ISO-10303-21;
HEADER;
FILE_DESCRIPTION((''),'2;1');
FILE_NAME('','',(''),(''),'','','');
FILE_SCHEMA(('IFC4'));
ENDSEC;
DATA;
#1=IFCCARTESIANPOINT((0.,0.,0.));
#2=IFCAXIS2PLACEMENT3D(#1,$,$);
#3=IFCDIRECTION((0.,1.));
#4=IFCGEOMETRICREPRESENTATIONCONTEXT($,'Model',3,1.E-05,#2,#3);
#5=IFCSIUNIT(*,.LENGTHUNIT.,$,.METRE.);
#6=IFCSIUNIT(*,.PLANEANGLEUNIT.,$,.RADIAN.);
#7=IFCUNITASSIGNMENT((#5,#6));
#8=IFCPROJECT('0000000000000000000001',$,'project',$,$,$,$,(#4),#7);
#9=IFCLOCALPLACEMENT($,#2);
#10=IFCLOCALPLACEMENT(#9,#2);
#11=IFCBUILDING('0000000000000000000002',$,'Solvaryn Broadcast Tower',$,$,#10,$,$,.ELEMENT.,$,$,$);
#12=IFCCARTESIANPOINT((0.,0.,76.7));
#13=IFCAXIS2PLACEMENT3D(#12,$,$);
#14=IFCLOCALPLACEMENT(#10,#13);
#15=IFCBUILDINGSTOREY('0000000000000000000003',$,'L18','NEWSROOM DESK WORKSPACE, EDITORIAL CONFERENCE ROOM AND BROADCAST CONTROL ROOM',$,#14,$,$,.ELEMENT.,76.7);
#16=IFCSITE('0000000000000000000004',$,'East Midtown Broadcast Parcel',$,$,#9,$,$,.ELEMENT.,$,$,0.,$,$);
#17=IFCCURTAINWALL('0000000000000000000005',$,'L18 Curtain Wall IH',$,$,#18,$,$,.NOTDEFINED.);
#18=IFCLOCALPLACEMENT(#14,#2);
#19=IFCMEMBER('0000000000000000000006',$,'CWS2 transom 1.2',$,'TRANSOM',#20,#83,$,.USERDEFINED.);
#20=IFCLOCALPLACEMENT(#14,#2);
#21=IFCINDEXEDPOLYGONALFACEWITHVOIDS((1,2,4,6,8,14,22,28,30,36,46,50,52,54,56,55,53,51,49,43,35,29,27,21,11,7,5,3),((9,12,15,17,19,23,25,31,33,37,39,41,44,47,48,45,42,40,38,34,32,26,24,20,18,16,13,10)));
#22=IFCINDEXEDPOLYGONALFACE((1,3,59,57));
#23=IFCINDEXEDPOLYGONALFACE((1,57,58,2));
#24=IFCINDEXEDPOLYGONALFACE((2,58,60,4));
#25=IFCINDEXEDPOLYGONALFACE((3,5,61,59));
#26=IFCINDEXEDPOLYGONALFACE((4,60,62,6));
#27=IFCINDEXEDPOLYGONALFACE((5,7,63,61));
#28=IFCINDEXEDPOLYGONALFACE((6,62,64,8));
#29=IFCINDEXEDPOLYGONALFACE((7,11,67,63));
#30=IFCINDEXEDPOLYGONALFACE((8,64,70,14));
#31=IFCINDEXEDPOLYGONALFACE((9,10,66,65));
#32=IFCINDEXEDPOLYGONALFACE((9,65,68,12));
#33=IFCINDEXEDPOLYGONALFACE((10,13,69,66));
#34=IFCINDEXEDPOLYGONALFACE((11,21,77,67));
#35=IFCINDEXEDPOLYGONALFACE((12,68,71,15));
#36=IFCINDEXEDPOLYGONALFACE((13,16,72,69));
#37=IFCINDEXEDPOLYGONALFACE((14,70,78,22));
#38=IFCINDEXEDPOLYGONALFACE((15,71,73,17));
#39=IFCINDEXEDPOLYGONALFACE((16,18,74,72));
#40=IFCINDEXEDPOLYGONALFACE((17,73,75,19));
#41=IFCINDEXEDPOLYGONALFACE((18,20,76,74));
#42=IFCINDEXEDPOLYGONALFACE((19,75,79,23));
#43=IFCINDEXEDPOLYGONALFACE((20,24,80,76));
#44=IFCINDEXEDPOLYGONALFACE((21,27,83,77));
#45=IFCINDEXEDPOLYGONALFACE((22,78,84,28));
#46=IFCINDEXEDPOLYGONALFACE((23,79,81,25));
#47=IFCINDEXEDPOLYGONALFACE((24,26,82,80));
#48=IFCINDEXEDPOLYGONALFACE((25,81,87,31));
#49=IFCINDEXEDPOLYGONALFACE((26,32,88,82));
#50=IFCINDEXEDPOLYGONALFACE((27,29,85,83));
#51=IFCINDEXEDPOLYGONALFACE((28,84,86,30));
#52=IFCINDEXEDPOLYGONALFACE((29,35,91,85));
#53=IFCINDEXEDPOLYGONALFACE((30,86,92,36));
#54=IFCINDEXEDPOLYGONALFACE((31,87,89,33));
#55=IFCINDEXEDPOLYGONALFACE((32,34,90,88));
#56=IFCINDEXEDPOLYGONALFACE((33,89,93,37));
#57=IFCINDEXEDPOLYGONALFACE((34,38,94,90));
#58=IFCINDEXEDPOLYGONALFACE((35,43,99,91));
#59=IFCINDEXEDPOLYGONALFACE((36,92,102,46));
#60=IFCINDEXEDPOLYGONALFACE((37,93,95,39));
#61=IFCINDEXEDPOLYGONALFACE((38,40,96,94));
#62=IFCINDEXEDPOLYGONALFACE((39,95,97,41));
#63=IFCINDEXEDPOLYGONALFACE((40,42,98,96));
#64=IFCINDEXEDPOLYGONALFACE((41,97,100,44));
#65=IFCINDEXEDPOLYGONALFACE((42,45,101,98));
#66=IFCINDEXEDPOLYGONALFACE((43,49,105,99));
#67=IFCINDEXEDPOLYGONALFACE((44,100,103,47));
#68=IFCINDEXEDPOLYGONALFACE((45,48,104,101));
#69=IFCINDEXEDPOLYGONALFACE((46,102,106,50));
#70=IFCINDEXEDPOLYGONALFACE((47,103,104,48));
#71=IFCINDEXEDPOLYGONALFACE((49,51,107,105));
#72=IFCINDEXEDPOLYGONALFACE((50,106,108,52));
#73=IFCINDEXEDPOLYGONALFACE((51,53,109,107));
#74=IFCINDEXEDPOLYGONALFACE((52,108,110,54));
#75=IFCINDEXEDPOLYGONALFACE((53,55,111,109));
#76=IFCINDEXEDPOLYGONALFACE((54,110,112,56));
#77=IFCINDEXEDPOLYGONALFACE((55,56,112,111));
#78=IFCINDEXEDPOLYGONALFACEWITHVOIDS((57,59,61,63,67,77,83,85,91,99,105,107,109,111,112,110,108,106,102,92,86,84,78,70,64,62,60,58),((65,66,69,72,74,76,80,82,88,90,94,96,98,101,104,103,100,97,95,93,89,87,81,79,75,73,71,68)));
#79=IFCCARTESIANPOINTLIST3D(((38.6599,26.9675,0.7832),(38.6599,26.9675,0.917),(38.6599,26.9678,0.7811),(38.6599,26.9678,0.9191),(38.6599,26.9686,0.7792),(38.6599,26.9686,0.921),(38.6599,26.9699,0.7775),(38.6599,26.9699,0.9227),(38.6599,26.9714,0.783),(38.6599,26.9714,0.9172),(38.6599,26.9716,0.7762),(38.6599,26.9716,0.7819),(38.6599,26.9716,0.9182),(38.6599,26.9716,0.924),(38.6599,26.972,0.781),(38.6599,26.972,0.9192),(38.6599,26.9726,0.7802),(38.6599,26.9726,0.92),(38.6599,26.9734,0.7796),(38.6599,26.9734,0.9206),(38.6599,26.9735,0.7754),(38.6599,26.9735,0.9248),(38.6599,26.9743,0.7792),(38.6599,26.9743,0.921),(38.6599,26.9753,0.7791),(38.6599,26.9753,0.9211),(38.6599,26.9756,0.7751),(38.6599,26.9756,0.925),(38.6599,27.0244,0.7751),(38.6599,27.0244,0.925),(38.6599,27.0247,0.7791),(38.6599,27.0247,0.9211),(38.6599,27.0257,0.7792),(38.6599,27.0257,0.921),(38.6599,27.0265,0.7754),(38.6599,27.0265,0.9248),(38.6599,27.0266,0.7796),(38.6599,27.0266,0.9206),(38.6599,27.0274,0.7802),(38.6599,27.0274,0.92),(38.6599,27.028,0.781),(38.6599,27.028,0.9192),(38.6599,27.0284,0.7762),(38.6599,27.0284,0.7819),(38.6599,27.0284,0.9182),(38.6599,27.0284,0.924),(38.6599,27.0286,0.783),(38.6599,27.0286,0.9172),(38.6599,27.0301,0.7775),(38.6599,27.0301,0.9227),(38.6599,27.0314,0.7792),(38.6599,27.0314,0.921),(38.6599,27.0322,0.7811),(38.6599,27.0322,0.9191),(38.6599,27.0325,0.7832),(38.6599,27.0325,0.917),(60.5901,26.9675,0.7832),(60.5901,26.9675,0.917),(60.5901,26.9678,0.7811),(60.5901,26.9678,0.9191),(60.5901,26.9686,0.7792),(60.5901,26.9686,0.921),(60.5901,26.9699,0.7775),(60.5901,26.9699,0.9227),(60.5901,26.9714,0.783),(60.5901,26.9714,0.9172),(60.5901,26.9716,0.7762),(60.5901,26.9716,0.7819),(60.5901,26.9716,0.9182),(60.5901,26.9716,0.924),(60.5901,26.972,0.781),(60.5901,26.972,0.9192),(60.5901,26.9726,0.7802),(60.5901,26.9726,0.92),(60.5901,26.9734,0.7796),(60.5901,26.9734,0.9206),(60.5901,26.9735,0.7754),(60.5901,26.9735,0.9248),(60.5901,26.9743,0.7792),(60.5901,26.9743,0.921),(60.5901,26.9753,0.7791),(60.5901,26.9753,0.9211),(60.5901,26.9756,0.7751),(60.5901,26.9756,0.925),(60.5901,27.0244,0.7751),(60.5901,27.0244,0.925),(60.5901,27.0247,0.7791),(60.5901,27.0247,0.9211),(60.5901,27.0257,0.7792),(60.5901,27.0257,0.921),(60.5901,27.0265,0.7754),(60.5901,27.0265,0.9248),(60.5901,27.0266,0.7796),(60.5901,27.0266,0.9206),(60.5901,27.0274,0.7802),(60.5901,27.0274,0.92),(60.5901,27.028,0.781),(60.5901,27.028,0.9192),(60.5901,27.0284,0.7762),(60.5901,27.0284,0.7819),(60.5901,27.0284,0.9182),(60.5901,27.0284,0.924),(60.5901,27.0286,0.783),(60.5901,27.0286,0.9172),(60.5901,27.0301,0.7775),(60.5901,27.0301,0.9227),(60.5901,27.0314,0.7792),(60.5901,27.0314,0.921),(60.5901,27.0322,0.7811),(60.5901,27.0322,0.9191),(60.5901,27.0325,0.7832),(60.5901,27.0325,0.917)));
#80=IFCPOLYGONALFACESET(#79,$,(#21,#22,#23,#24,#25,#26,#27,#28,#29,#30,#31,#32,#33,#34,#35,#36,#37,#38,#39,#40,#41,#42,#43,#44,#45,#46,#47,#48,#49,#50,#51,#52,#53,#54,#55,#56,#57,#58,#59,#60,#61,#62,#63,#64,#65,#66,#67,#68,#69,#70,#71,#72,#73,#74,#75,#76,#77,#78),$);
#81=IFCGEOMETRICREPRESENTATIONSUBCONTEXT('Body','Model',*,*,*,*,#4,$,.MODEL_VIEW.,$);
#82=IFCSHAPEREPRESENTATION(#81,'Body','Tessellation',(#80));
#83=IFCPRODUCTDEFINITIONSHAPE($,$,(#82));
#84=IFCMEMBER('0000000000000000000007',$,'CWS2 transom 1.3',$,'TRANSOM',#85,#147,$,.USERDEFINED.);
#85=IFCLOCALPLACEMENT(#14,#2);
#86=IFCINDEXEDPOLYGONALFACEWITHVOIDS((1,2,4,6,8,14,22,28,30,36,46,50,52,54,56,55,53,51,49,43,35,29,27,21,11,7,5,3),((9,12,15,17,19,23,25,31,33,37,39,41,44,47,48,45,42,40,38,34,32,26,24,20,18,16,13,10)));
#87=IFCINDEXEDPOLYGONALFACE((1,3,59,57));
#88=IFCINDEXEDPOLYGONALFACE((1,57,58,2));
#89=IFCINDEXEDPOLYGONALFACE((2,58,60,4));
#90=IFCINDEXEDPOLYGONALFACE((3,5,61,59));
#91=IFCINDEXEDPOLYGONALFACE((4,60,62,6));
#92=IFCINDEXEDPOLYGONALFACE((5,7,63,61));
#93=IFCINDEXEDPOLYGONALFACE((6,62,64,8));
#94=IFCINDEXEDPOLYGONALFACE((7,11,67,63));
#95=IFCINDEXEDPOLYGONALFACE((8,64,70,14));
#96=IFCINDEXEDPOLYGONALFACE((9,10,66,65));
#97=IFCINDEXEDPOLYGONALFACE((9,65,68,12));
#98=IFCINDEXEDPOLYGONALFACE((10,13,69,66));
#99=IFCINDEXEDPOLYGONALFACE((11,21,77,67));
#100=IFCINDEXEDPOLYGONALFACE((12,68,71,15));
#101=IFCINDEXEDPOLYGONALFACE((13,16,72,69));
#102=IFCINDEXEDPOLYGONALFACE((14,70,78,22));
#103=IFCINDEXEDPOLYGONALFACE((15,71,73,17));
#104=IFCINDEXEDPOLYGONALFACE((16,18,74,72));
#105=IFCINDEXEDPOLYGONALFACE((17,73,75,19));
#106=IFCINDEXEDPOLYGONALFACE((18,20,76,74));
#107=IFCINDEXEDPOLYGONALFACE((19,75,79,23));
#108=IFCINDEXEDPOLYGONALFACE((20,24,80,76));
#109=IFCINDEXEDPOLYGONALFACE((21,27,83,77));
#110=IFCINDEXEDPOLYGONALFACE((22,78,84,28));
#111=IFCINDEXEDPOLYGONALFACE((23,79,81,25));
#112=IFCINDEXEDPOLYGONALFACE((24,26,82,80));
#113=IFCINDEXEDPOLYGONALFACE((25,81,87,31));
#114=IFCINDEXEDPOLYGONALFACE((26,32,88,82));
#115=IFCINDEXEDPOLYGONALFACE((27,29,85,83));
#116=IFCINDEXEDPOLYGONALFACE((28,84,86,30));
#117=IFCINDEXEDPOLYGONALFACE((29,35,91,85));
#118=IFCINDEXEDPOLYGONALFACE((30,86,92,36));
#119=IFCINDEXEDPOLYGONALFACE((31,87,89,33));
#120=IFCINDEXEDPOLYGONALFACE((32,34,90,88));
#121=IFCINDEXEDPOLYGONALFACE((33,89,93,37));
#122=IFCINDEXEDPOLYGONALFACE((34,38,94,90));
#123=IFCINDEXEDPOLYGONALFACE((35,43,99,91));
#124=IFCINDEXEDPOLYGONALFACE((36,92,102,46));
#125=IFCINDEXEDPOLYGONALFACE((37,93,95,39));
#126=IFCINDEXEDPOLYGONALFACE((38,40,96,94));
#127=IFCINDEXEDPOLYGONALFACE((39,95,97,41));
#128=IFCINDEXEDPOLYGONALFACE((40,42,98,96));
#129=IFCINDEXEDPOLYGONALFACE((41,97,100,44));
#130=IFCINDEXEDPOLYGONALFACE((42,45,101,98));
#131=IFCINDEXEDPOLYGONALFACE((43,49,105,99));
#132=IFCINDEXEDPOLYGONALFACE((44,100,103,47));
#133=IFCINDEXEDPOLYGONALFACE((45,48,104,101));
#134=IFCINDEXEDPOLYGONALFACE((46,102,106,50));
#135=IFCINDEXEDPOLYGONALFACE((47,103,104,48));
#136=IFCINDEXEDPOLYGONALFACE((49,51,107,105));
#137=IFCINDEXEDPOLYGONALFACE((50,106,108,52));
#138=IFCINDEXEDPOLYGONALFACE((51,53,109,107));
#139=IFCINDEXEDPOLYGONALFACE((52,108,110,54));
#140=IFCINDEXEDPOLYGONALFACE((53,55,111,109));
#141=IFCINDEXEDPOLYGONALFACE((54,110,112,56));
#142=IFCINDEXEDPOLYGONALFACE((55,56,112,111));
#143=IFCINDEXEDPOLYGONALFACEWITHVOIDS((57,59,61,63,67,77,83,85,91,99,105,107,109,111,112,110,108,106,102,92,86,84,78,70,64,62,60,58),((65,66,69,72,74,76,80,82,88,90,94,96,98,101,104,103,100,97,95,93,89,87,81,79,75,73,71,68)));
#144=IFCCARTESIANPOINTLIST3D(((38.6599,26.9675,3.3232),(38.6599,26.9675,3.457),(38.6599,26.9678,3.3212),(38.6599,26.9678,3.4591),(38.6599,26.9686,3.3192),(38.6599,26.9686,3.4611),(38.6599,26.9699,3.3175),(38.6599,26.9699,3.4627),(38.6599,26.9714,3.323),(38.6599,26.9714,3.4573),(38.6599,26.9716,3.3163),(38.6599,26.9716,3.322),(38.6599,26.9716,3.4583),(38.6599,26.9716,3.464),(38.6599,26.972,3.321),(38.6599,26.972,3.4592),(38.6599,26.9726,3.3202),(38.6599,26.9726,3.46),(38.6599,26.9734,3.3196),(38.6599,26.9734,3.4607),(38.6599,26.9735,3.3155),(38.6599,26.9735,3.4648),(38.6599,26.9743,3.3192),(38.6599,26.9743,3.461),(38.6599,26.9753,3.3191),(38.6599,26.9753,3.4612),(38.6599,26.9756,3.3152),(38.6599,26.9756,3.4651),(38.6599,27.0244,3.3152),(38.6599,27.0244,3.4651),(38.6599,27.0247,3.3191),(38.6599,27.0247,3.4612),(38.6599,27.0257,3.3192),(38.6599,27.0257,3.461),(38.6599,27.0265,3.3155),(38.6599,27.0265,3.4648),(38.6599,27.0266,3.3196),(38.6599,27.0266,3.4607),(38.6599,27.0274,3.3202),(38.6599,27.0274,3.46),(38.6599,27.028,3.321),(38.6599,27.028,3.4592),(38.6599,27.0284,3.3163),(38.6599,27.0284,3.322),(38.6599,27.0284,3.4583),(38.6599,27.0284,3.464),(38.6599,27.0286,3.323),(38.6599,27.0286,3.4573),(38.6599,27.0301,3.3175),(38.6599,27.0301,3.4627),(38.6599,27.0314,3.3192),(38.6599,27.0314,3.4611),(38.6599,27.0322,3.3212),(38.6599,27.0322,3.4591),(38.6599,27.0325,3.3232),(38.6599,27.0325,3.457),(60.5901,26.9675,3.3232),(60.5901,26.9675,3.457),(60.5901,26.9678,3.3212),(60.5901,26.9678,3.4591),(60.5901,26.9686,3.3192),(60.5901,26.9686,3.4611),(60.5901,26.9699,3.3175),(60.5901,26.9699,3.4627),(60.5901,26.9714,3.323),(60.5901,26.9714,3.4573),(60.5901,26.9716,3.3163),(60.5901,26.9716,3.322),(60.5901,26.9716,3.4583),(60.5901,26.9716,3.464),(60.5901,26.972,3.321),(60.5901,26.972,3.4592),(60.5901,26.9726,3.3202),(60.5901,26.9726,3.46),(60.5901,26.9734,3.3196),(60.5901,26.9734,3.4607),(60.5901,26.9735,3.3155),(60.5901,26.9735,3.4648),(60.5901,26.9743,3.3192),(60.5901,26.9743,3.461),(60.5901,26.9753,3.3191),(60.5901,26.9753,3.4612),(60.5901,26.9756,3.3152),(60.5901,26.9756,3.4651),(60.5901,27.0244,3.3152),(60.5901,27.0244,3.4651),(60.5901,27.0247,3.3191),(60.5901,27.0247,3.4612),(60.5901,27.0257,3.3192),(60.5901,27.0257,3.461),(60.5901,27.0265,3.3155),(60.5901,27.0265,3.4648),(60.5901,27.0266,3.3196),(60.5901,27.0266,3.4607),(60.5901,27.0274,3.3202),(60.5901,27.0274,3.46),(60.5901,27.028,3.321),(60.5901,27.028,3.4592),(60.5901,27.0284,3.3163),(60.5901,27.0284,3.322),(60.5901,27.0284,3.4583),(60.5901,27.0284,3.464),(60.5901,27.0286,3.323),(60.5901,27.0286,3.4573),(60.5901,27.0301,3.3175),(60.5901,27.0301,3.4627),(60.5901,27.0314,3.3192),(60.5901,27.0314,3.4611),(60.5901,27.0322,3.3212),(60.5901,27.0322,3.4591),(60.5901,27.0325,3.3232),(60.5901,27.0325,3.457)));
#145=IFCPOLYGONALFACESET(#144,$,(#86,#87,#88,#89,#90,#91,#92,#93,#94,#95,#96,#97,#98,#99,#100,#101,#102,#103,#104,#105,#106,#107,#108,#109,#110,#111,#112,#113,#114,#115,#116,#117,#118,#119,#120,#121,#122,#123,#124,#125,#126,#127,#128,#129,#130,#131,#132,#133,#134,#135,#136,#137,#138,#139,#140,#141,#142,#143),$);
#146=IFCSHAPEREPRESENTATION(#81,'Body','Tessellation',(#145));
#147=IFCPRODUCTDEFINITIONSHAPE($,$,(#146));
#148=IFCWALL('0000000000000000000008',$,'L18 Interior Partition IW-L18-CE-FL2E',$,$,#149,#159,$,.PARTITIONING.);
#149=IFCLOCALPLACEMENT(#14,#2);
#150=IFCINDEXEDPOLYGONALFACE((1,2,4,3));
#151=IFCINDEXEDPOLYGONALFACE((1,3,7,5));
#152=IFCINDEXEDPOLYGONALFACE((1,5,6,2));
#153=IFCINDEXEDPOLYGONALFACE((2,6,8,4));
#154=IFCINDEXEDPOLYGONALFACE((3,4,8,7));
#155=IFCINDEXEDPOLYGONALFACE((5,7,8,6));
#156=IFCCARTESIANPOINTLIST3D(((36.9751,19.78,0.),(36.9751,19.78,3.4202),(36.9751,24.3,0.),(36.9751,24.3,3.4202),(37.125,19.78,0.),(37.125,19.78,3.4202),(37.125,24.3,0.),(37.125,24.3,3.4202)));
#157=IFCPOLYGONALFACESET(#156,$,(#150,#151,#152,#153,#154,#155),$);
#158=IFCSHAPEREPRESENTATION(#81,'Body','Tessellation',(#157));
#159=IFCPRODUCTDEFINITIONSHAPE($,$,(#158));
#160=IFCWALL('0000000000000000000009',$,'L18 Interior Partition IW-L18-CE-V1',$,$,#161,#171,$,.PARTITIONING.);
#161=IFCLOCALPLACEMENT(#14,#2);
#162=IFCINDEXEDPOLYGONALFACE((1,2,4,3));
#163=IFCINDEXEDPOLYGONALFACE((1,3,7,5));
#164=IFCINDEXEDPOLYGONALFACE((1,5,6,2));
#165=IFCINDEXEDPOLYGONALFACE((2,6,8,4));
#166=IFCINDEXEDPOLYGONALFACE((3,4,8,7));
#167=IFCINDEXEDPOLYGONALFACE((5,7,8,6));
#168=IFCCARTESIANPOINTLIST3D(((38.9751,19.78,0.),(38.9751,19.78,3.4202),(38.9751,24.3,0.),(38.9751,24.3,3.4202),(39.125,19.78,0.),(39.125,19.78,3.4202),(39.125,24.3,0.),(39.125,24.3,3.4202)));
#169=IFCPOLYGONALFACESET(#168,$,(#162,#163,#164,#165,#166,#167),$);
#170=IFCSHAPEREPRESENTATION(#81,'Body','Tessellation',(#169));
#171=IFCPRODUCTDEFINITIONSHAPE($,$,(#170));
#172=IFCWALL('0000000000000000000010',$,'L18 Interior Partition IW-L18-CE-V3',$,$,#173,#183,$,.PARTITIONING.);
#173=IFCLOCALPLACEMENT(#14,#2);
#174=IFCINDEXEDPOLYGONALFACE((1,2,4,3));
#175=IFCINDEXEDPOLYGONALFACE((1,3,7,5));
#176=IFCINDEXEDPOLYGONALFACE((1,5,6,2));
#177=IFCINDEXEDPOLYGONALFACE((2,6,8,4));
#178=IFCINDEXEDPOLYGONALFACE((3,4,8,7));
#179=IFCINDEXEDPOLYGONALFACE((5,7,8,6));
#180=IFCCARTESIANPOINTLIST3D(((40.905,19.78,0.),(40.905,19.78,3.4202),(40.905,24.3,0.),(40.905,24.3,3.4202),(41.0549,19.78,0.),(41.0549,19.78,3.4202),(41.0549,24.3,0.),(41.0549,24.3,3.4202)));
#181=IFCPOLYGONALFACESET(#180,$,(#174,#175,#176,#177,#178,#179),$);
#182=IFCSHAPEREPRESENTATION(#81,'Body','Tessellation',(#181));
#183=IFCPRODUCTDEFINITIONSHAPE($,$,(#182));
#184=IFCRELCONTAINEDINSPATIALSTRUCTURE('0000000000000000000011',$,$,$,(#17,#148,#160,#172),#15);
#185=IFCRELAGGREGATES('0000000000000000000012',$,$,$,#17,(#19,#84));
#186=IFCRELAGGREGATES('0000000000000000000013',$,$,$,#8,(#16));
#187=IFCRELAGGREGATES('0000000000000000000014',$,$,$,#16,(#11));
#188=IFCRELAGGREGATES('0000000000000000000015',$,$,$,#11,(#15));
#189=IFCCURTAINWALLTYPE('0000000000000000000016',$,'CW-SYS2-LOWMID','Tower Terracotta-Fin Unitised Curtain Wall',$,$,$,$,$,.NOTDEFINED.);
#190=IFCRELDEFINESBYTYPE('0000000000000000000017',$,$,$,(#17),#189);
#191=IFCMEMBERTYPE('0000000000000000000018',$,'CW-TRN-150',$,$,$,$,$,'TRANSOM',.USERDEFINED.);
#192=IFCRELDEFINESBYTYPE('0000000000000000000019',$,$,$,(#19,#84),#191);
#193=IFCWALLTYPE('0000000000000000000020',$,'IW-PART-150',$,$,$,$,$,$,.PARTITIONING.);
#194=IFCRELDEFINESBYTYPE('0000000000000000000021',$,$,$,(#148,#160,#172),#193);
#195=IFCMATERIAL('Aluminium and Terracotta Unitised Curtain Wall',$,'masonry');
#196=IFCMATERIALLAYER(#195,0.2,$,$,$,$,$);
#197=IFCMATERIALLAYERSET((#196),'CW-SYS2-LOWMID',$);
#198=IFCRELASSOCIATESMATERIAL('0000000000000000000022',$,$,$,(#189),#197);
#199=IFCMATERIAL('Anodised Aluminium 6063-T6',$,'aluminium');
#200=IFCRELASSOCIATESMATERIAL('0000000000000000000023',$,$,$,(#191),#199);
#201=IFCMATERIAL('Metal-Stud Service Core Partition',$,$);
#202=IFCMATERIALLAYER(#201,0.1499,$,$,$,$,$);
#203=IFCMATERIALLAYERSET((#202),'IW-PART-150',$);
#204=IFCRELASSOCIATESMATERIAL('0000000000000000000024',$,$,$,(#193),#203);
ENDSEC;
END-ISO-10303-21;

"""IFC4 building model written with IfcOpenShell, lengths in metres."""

from ifc_helpers import new_model, si_unit, direction, frame, frame_2d, origin, origin_2d, place, context, subcontext, project, spatial, rectangle, hollow_rectangle, extrude, material, layer, layer_set, material_profile, profile_set, type_object, element, aggregate, save


model = new_model("IFC4")

# Units and contexts
model_context = context("Model", 3, precision=1e-05, world=origin(), true_north=direction((0.0, 1.0)))
body_context = subcontext(model_context, "Body", "Model", "MODEL_VIEW")
ifc_project = project(units=[si_unit("LENGTHUNIT", "METRE"), si_unit("PLANEANGLEUNIT", "RADIAN")], contexts=[model_context])

# Site, building, storey
site_placement = place(None, origin())
site = spatial("IfcSite", under=ifc_project, at=site_placement, Name="East Midtown Broadcast Parcel", CompositionType="ELEMENT", RefElevation=0.0)
building_placement = place(site_placement, origin())
building = spatial("IfcBuilding", under=site, at=building_placement, Name="Solvaryn Broadcast Tower", CompositionType="ELEMENT")
storey_placement = place(building_placement, frame((0.0, 0.0, 76.7)))
storey = spatial("IfcBuildingStorey", under=building, at=storey_placement, Name="L18", Description="NEWSROOM DESK WORKSPACE, EDITORIAL CONFERENCE ROOM AND BROADCAST CONTROL ROOM", CompositionType="ELEMENT", Elevation=76.7)

# Curtain wall
ifc_material_1 = material(Name="Aluminium and Terracotta Unitised Curtain Wall", Category="masonry")
ifc_layer_1 = layer(ifc_material_1, 0.2)
ifc_layer_set_1 = layer_set([ifc_layer_1], Name="CW-SYS2-LOWMID")
curtain_wall_type = type_object("IfcCurtainWallType", Name="CW-SYS2-LOWMID", Description="Tower Terracotta-Fin Unitised Curtain Wall", PredefinedType="NOTDEFINED", material=ifc_layer_set_1)
curtain_wall_1_placement = place(storey_placement, origin())
curtain_wall_1 = element("IfcCurtainWall", 1, at=curtain_wall_1_placement, inside=storey, type_object=curtain_wall_type, Name="L18 Curtain Wall IH", PredefinedType="NOTDEFINED")

# Members
ifc_material_2 = material(Name="Anodised Aluminium 6063-T6", Category="aluminium")
ifc_material_profile_1 = material_profile(ifc_material_2, hollow_rectangle(XDim=0.0649, YDim=0.1499, WallThickness=0.0039, InnerFilletRadius=0.0039, OuterFilletRadius=0.0081, at=origin_2d()))
ifc_profile_set_1 = profile_set([ifc_material_profile_1], Name="Anodised Aluminium 6063-T6")
member_type_1 = type_object("IfcMemberType", Name="CW-TRN-150", ElementType="TRANSOM", PredefinedType="USERDEFINED", material=ifc_profile_set_1)
member_1_placement = place(storey_placement, frame((38.6599, 27.0, 0.8501), z_axis=(1.0, 0.0, 0.0), x_axis=(0.0, 1.0, 0.0)))
member_1 = element("IfcMember", 2, at=member_1_placement, type_object=member_type_1, Name="CWS2 transom 1.2", ObjectType="TRANSOM", PredefinedType="USERDEFINED", context=body_context, shape_type="SweptSolid", body=[
    extrude(hollow_rectangle(XDim=0.0649, YDim=0.1499, WallThickness=0.0039, InnerFilletRadius=0.0039, OuterFilletRadius=0.0081, at=origin_2d()), origin(), (0.0, 0.0, 1.0), 21.9302),
])
member_2_placement = place(storey_placement, frame((38.6599, 27.0, 3.3901), z_axis=(1.0, 0.0, 0.0), x_axis=(0.0, 1.0, 0.0)))
member_2 = element("IfcMember", 3, at=member_2_placement, type_object=member_type_1, Name="CWS2 transom 1.3", ObjectType="TRANSOM", PredefinedType="USERDEFINED", context=body_context, shape_type="SweptSolid", body=[
    extrude(hollow_rectangle(XDim=0.0649, YDim=0.1499, WallThickness=0.0039, InnerFilletRadius=0.0039, OuterFilletRadius=0.0081, at=origin_2d()), origin(), (0.0, 0.0, 1.0), 21.9302),
])
aggregate(curtain_wall_1, [member_1, member_2])

# Walls
ifc_material_3 = material(Name="Metal-Stud Service Core Partition")
ifc_layer_2 = layer(ifc_material_3, 0.1499)
ifc_layer_set_2 = layer_set([ifc_layer_2], Name="IW-PART-150")
wall_type_1 = type_object("IfcWallType", Name="IW-PART-150", PredefinedType="PARTITIONING", material=ifc_layer_set_2)
for number, where, z_axis, x_axis, name in (
    (4, (37.05, 19.78, 0.0), (0.0, 0.0, 1.0), (0.0, 1.0, 0.0), "L18 Interior Partition IW-L18-CE-FL2E"),
    (5, (39.05, 19.78, 0.0), (0.0, 0.0, 1.0), (0.0, 1.0, 0.0), "L18 Interior Partition IW-L18-CE-V1"),
    (6, (40.98, 19.78, 0.0), (0.0, 0.0, 1.0), (0.0, 1.0, 0.0), "L18 Interior Partition IW-L18-CE-V3"),
):
    element("IfcWall", number, at=place(storey_placement, frame(where, z_axis=z_axis, x_axis=x_axis)), inside=storey, type_object=wall_type_1, Name=name, PredefinedType="PARTITIONING", context=body_context, shape_type="SweptSolid", body=[
        extrude(rectangle(XDim=4.52, YDim=0.1499, at=frame_2d((2.26, 0.0))), origin(), (0.0, 0.0, 1.0), 3.4202),
    ])

save(model, "model.ifc")
